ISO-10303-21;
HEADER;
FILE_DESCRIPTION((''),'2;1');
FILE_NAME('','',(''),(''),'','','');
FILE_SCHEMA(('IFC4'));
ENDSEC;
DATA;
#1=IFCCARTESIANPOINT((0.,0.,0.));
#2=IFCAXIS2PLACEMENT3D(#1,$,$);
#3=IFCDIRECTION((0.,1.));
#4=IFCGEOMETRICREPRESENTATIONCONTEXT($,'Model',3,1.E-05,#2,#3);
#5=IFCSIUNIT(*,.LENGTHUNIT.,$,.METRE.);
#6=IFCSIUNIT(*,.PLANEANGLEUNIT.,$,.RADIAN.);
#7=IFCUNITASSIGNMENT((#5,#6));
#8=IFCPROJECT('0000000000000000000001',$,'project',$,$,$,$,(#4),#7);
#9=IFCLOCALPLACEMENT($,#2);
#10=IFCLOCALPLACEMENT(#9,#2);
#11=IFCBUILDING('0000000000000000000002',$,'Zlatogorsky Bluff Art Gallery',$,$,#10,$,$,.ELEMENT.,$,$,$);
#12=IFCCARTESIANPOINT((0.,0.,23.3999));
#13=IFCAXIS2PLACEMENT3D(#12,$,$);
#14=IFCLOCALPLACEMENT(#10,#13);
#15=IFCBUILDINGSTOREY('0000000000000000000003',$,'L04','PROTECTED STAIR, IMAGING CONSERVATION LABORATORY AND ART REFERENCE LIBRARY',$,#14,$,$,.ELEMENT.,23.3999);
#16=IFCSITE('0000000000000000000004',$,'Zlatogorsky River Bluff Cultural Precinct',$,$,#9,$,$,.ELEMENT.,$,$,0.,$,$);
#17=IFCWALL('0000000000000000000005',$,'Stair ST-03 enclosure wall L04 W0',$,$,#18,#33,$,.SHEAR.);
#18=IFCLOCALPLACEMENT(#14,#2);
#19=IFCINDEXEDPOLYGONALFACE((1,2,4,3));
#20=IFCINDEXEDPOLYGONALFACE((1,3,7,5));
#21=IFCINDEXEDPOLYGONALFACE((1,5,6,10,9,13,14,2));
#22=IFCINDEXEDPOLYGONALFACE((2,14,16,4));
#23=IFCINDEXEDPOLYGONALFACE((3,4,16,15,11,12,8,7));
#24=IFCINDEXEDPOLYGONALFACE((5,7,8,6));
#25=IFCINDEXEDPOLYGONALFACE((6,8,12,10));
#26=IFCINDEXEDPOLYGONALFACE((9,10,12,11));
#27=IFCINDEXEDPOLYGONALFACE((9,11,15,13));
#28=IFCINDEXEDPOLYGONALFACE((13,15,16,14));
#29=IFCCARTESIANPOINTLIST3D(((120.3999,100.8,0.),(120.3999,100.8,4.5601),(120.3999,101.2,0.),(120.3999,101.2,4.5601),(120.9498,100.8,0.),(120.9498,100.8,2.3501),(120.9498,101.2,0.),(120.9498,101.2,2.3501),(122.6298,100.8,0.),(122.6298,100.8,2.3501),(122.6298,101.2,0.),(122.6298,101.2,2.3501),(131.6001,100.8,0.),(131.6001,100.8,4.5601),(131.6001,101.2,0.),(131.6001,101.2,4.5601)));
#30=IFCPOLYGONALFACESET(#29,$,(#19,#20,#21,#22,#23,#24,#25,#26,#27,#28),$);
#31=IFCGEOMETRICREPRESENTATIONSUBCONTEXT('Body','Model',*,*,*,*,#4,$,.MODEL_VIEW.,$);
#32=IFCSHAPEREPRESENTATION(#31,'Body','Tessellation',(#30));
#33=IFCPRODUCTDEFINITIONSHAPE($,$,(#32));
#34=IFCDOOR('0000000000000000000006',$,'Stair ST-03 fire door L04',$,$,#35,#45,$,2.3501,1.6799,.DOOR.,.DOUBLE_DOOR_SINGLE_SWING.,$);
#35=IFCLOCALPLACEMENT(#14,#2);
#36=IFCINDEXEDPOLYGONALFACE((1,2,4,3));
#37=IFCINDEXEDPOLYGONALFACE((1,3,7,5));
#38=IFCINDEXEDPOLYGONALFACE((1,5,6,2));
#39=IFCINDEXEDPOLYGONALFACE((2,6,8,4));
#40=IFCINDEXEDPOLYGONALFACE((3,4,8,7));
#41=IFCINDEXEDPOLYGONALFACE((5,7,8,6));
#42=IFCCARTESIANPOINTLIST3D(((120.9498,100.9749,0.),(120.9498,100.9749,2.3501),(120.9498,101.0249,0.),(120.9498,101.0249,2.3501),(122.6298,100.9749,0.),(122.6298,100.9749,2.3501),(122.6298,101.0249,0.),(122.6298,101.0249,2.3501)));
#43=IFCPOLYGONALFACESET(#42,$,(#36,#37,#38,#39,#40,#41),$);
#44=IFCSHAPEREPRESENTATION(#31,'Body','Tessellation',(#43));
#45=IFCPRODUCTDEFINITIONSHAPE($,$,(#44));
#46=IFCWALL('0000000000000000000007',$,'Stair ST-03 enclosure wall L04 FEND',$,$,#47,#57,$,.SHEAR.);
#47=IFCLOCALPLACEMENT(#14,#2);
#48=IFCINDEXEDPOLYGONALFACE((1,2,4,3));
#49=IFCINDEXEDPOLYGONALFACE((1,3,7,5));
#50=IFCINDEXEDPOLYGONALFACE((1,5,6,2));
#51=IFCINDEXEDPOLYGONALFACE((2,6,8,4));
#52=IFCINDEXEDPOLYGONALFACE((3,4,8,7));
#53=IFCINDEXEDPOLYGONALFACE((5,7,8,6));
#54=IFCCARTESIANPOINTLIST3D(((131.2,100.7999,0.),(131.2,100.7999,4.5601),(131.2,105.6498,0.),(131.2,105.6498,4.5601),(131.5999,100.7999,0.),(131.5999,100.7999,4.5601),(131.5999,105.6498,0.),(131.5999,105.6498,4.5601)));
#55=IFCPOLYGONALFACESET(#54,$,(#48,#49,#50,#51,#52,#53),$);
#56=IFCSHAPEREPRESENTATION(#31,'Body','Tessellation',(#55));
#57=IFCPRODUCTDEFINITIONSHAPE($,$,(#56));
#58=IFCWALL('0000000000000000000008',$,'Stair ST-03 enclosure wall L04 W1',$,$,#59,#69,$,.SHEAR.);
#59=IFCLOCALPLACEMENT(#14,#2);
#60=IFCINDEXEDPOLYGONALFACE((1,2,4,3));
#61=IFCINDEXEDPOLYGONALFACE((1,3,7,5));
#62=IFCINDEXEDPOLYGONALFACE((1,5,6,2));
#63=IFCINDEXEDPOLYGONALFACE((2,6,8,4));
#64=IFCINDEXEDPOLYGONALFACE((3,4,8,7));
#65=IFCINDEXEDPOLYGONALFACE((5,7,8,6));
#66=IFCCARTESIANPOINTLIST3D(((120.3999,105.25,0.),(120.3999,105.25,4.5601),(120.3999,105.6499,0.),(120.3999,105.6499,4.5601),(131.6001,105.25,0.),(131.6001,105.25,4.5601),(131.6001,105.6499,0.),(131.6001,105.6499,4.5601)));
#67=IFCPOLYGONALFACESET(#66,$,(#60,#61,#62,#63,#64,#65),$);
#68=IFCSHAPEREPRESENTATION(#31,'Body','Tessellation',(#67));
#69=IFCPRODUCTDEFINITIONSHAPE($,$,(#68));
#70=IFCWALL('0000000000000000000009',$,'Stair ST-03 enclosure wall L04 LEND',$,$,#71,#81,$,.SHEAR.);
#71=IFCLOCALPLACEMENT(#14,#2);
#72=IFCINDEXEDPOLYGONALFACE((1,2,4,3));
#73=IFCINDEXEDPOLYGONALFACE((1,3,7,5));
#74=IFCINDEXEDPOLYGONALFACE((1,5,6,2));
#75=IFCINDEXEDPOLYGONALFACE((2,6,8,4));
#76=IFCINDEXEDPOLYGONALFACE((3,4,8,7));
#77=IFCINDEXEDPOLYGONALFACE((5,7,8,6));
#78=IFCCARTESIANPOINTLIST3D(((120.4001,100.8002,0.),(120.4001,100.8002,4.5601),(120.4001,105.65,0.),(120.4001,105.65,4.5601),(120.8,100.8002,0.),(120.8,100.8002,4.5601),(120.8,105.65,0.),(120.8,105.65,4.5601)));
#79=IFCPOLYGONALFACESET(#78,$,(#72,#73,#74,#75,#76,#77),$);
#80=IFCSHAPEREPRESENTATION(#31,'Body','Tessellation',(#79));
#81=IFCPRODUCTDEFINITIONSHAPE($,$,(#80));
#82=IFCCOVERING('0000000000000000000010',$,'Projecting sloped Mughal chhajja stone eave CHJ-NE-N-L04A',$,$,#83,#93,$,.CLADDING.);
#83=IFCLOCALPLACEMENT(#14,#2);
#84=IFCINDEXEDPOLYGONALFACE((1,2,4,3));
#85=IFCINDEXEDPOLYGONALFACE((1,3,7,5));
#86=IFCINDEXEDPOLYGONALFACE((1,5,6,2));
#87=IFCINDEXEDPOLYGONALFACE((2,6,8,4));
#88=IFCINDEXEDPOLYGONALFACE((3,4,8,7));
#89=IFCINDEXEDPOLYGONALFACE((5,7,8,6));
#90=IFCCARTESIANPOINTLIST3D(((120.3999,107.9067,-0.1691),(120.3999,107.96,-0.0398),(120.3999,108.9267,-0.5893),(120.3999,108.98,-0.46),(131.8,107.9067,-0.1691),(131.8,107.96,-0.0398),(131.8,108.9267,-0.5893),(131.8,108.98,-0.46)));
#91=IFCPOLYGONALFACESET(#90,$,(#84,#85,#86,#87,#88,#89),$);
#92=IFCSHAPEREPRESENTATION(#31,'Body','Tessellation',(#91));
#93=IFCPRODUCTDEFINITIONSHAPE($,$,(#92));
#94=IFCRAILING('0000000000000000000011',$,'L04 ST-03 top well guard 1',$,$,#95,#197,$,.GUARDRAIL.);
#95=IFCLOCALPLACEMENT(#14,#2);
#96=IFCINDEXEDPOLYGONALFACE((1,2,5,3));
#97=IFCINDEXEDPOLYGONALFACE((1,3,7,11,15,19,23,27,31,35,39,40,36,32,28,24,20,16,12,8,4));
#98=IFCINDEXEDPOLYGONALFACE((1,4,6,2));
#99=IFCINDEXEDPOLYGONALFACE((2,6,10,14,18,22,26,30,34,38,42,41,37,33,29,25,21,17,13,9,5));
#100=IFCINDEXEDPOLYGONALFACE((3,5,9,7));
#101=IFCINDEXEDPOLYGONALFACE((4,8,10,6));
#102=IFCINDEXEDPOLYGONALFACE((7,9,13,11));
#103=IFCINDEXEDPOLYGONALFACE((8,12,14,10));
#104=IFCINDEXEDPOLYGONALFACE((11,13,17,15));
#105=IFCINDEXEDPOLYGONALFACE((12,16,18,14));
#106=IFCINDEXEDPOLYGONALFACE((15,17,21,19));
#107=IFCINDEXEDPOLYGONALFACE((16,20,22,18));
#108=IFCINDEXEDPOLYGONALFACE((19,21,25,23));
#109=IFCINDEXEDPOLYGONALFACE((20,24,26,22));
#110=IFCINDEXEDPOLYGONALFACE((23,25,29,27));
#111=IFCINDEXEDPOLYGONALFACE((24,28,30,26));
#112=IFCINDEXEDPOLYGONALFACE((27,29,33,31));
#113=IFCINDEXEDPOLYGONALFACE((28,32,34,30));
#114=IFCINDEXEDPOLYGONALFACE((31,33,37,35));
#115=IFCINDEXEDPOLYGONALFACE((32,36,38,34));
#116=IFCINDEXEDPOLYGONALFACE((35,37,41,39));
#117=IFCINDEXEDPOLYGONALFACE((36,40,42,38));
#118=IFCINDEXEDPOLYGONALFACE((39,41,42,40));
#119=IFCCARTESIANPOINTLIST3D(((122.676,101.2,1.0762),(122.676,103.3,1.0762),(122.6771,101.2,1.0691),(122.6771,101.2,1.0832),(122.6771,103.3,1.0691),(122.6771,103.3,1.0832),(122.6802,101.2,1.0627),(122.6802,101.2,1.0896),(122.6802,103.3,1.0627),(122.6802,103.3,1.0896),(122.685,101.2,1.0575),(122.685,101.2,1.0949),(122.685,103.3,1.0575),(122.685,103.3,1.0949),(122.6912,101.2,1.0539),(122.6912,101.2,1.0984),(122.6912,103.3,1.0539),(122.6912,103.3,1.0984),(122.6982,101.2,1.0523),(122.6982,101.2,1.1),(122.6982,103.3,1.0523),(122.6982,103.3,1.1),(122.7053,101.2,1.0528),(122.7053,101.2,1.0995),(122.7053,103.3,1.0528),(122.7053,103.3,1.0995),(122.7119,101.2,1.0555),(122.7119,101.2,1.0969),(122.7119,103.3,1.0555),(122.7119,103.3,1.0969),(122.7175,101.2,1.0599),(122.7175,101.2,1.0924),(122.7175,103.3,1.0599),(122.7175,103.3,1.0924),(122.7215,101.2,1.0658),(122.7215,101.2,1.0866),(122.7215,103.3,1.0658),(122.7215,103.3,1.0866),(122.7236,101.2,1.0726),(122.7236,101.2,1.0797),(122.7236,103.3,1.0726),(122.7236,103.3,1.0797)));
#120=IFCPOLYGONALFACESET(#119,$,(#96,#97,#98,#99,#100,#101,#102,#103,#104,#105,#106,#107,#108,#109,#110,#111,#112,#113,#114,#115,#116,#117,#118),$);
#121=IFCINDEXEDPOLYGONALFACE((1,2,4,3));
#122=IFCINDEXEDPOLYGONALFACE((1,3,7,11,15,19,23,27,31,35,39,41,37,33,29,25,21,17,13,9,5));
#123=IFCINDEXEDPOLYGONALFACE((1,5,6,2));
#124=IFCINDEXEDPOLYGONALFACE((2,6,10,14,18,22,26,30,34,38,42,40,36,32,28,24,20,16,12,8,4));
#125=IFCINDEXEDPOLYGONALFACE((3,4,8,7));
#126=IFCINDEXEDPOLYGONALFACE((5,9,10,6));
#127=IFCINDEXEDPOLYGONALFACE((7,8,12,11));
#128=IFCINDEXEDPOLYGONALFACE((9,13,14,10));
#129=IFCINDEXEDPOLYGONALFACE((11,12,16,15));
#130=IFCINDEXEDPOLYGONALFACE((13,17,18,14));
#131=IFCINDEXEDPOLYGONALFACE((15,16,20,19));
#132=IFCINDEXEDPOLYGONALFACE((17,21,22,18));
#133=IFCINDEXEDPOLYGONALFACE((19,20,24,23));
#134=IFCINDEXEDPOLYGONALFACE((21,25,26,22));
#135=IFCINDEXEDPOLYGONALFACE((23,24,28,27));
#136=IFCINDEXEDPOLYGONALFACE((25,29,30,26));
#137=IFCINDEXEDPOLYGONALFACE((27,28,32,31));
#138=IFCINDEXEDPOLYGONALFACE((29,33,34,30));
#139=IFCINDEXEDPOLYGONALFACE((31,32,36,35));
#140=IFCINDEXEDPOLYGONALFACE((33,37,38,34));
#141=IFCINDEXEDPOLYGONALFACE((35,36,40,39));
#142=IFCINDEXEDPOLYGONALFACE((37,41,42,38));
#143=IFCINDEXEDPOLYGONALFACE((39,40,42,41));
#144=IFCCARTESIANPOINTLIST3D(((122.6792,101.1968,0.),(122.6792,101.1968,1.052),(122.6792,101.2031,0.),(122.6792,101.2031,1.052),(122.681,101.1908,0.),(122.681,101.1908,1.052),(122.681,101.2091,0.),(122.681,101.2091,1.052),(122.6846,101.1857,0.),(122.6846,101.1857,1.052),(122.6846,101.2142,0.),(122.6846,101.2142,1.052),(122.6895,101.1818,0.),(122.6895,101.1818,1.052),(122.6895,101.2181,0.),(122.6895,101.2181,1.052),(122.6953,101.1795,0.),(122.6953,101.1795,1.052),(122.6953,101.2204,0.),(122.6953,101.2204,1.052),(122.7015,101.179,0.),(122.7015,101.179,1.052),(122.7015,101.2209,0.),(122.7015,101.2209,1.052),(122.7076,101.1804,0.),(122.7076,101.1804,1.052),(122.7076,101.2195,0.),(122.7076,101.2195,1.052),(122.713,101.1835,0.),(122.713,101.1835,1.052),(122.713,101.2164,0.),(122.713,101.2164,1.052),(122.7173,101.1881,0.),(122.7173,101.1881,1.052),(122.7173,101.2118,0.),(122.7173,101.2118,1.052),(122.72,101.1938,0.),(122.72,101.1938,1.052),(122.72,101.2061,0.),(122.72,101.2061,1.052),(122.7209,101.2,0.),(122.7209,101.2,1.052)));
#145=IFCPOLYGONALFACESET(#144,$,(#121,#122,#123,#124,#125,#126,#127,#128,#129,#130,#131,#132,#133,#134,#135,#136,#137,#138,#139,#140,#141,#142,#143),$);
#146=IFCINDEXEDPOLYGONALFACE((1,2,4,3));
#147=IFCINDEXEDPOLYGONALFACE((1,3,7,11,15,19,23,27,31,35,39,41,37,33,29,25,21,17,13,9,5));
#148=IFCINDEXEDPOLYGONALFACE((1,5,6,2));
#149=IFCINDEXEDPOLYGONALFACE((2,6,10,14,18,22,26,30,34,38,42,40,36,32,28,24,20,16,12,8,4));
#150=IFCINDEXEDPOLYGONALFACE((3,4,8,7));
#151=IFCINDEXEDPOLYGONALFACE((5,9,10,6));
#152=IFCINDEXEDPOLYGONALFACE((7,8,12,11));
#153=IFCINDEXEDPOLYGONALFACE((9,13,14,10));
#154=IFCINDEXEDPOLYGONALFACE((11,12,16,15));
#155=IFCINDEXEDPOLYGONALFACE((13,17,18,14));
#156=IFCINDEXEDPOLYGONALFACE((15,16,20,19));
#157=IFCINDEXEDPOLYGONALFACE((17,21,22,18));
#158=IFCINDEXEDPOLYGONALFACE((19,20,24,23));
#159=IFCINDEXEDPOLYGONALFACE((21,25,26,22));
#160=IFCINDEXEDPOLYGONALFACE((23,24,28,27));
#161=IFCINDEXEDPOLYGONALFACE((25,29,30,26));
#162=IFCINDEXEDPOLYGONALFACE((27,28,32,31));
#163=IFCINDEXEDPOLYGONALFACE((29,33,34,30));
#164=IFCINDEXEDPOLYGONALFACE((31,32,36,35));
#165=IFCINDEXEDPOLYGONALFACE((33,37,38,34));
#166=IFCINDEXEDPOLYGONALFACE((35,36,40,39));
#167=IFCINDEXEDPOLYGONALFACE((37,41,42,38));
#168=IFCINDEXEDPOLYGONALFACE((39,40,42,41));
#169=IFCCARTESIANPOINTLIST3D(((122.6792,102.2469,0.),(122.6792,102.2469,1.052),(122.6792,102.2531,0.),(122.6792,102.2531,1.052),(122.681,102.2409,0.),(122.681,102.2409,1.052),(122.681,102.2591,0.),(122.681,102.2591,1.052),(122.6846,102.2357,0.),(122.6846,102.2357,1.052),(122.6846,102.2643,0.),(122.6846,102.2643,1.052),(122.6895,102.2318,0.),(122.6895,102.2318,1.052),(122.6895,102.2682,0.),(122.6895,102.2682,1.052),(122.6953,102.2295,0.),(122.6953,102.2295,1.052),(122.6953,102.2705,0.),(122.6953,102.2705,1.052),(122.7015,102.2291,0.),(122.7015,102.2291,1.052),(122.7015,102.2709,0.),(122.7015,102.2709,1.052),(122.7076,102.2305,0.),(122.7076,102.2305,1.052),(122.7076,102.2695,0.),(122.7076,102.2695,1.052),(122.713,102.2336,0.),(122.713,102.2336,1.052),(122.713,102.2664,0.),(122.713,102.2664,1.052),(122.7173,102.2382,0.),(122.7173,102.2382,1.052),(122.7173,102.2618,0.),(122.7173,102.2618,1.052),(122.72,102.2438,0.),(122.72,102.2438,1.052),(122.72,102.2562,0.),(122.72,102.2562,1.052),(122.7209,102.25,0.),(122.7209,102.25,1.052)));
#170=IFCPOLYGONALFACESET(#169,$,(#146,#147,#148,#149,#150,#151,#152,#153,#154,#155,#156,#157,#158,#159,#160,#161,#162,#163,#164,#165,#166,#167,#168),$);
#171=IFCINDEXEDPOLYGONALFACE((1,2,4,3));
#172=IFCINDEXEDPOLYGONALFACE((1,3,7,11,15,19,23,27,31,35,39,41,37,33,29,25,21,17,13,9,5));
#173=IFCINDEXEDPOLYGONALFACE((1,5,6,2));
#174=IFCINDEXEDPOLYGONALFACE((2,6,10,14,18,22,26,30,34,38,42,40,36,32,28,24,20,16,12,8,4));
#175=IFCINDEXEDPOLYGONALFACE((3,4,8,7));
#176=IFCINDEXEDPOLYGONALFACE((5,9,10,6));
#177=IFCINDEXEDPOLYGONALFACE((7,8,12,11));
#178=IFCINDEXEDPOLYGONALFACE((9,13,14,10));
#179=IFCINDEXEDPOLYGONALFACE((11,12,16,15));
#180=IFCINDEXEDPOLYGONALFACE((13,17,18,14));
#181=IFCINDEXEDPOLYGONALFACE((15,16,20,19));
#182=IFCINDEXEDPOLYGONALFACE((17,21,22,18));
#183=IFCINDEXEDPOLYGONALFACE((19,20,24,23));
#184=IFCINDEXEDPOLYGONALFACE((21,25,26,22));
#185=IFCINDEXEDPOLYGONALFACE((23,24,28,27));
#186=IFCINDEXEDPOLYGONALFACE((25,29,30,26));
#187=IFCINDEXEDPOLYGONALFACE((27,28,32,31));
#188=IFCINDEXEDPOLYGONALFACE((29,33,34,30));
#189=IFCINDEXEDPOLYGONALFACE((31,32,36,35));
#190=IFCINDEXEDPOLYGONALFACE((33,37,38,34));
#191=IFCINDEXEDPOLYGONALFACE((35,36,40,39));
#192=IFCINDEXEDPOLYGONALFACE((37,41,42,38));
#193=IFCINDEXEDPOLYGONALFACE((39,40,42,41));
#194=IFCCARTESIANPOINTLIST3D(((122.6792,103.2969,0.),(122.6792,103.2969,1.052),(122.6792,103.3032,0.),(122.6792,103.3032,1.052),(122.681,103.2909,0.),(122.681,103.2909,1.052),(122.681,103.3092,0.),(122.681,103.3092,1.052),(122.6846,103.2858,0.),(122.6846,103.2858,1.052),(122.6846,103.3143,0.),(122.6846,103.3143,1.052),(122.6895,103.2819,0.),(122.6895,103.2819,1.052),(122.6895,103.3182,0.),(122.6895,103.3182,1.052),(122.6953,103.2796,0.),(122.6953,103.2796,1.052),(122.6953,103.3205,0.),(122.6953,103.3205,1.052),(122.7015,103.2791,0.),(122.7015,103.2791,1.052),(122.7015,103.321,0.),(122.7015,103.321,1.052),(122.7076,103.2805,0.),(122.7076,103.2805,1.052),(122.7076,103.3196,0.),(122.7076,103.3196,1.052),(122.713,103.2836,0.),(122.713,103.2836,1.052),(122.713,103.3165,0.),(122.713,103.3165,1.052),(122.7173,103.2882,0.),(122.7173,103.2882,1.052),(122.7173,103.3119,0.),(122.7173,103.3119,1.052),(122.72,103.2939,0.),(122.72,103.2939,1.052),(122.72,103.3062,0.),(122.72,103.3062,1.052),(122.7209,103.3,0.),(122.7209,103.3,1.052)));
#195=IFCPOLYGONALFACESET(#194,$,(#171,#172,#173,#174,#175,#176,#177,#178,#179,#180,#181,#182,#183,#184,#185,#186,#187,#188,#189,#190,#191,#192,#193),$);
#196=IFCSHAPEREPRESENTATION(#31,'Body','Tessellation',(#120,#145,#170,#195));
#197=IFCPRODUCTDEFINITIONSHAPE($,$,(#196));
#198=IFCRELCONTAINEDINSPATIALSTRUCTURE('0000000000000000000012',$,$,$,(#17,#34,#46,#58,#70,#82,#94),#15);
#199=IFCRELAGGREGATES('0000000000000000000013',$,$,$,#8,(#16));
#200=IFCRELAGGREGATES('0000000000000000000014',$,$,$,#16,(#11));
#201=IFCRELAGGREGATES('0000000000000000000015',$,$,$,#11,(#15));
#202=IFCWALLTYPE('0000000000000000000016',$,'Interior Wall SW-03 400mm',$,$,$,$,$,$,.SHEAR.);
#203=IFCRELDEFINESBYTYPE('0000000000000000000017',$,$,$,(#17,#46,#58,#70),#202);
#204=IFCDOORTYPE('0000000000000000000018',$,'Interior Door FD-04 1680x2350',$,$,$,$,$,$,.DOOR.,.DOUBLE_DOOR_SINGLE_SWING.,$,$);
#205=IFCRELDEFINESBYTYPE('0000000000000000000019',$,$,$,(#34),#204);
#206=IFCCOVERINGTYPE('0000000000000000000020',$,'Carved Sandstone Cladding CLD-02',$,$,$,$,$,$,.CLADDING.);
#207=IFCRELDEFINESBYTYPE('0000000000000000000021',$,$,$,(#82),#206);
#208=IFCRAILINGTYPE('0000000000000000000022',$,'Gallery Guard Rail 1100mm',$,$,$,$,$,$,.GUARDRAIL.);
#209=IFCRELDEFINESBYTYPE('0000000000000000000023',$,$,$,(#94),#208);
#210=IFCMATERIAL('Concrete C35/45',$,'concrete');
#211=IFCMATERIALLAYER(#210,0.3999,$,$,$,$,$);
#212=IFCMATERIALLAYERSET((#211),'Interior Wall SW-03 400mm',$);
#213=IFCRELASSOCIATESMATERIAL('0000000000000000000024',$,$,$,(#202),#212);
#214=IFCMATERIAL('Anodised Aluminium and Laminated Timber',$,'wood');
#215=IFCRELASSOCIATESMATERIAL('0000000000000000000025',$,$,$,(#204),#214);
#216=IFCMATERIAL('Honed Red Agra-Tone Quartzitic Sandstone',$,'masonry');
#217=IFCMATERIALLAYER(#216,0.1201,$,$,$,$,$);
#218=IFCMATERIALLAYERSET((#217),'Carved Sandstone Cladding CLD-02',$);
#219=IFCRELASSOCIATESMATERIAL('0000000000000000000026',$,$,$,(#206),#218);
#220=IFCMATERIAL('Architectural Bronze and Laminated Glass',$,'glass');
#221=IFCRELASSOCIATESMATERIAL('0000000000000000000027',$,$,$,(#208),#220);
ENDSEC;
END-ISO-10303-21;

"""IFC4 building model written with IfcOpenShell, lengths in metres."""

from ifc_helpers import new_model, si_unit, direction, frame, frame_2d, origin, origin_2d, place, context, subcontext, project, spatial, polyline, rectangle, circle, outline, extrude, material, layer, layer_set, type_object, element, fill, save


model = new_model("IFC4")

# Units and contexts
model_context = context("Model", 3, precision=1e-05, world=origin(), true_north=direction((0.0, 1.0)))
body_context = subcontext(model_context, "Body", "Model", "MODEL_VIEW")
ifc_project = project(units=[si_unit("LENGTHUNIT", "METRE"), si_unit("PLANEANGLEUNIT", "RADIAN")], contexts=[model_context])

# Site, building, storey
site_placement = place(None, origin())
site = spatial("IfcSite", under=ifc_project, at=site_placement, Name="Zlatogorsky River Bluff Cultural Precinct", CompositionType="ELEMENT", RefElevation=0.0)
building_placement = place(site_placement, origin())
building = spatial("IfcBuilding", under=site, at=building_placement, Name="Zlatogorsky Bluff Art Gallery", CompositionType="ELEMENT")
storey_placement = place(building_placement, frame((0.0, 0.0, 23.3999)))
storey = spatial("IfcBuildingStorey", under=building, at=storey_placement, Name="L04", Description="PROTECTED STAIR, IMAGING CONSERVATION LABORATORY AND ART REFERENCE LIBRARY", CompositionType="ELEMENT", Elevation=23.3999)

# Wall, opening, door
ifc_material_1 = material(Name="Anodised Aluminium and Laminated Timber", Category="wood")
ifc_material_2 = material(Name="Concrete C35/45", Category="concrete")
ifc_layer_1 = layer(ifc_material_2, 0.3999)
ifc_layer_set_1 = layer_set([ifc_layer_1], Name="Interior Wall SW-03 400mm")
wall_type_1 = type_object("IfcWallType", Name="Interior Wall SW-03 400mm", PredefinedType="SHEAR", material=ifc_layer_set_1)
wall_1_placement = place(storey_placement, frame((120.3999, 101.0, 0.0), z_axis=(0.0, 0.0, 1.0), x_axis=(1.0, 0.0, 0.0)))
wall_1 = element("IfcWall", 1, at=wall_1_placement, inside=storey, type_object=wall_type_1, Name="Stair ST-03 enclosure wall L04 W0", PredefinedType="SHEAR", context=body_context, shape_type="SweptSolid", body=[
    extrude(rectangle(XDim=11.2002, YDim=0.3999, at=frame_2d((5.6001, 0.0))), origin(), (0.0, 0.0, 1.0), 4.5601),
])
opening_1_placement = place(wall_1_placement, frame((0.55, 0.0, 0.0)))
opening_1 = element("IfcOpeningElement", 2, at=opening_1_placement, cuts=wall_1, PredefinedType="OPENING", context=body_context, shape_type="SweptSolid", body=[
    extrude(rectangle(XDim=1.6799, YDim=2.3501, at=frame_2d((0.8398, 1.175))), frame((0.0, 0.21, 0.0), z_axis=(0.0, -1.0, 0.0), x_axis=(1.0, 0.0, 0.0)), (0.0, 0.0, 1.0), 0.4199),
])
door_type_1 = type_object("IfcDoorType", Name="Interior Door FD-04 1680x2350", OperationType="DOUBLE_DOOR_SINGLE_SWING", PredefinedType="DOOR", material=ifc_material_1)
door_1_placement = place(opening_1_placement, origin())
door_1 = element("IfcDoor", 3, at=door_1_placement, inside=storey, type_object=door_type_1, Name="Stair ST-03 fire door L04", OperationType="DOUBLE_DOOR_SINGLE_SWING", OverallHeight=2.3501, OverallWidth=1.6799, PredefinedType="DOOR", context=body_context, shape_type="SweptSolid", body=[
    extrude(rectangle(XDim=1.6799, YDim=2.3501, at=frame_2d((0.8398, 1.175))), frame((0.0, 0.0249, 0.0), z_axis=(0.0, -1.0, 0.0), x_axis=(1.0, 0.0, 0.0)), (0.0, 0.0, 1.0), 0.05),
])
fill(opening_1, door_1)

# Walls
wall_2_placement = place(storey_placement, frame((131.3999, 100.8, 0.0), z_axis=(0.0, 0.0, 1.0), x_axis=(0.0, 1.0, 0.0)))
element("IfcWall", 4, at=wall_2_placement, inside=storey, type_object=wall_type_1, Name="Stair ST-03 enclosure wall L04 FEND", PredefinedType="SHEAR", context=body_context, shape_type="SweptSolid", body=[
    extrude(rectangle(XDim=4.8499, YDim=0.3999, at=frame_2d((2.4248, 0.0))), origin(), (0.0, 0.0, 1.0), 4.5601),
])
wall_3_placement = place(storey_placement, frame((131.6001, 105.45, 0.0), z_axis=(0.0, 0.0, 1.0), x_axis=(-1.0, 0.0, 0.0)))
element("IfcWall", 5, at=wall_3_placement, inside=storey, type_object=wall_type_1, Name="Stair ST-03 enclosure wall L04 W1", PredefinedType="SHEAR", context=body_context, shape_type="SweptSolid", body=[
    extrude(rectangle(XDim=11.2002, YDim=0.3999, at=frame_2d((5.6001, 0.0))), origin(), (0.0, 0.0, 1.0), 4.5601),
])
wall_4_placement = place(storey_placement, frame((120.6001, 105.6499, 0.0), z_axis=(0.0, 0.0, 1.0), x_axis=(0.0, -1.0, 0.0)))
element("IfcWall", 6, at=wall_4_placement, inside=storey, type_object=wall_type_1, Name="Stair ST-03 enclosure wall L04 LEND", PredefinedType="SHEAR", context=body_context, shape_type="SweptSolid", body=[
    extrude(rectangle(XDim=4.8499, YDim=0.3999, at=frame_2d((2.4248, 0.0))), origin(), (0.0, 0.0, 1.0), 4.5601),
])

# Covering
ifc_material_3 = material(Name="Honed Red Agra-Tone Quartzitic Sandstone", Category="masonry")
ifc_layer_2 = layer(ifc_material_3, 0.1201)
ifc_layer_set_2 = layer_set([ifc_layer_2], Name="Carved Sandstone Cladding CLD-02")
covering_type = type_object("IfcCoveringType", Name="Carved Sandstone Cladding CLD-02", PredefinedType="CLADDING", material=ifc_layer_set_2)
covering_placement = place(storey_placement, frame((120.3999, 107.96, -0.0398), z_axis=(0.0, 0.380872, 0.924628), x_axis=(1.0, 0.0, 0.0)))
element("IfcCovering", 7, at=covering_placement, inside=storey, type_object=covering_type, Name="Projecting sloped Mughal chhajja stone eave CHJ-NE-N-L04A", PredefinedType="CLADDING", context=body_context, shape_type="SweptSolid", body=[
    extrude(outline(polyline([(0.0, 0.0), (11.4001, 0.0), (11.4001, 1.1032), (0.0, 1.1032), (0.0, 0.0)])), origin(), (0.0, 0.0, -1.0), 0.1399),
])

# Railing
ifc_material_4 = material(Name="Architectural Bronze and Laminated Glass", Category="glass")
railing_type = type_object("IfcRailingType", Name="Gallery Guard Rail 1100mm", PredefinedType="GUARDRAIL", material=ifc_material_4)
railing_placement = place(storey_placement, frame((122.7, 101.2, 0.0)))
element("IfcRailing", 8, at=railing_placement, inside=storey, type_object=railing_type, Name="L04 ST-03 top well guard 1", PredefinedType="GUARDRAIL", context=body_context, shape_type="SweptSolid", body=[
    extrude(circle(Radius=0.0239, at=origin_2d()), frame((0.0, 0.0, 1.0762), z_axis=(0.0, 1.0, 0.0), x_axis=(-1.0, 0.0, 0.0)), (0.0, 0.0, 1.0), 2.1001),
    extrude(circle(Radius=0.021, at=origin_2d()), origin(), (0.0, 0.0, 1.0), 1.052),
    extrude(circle(Radius=0.021, at=origin_2d()), frame((0.0, 1.05, 0.0)), (0.0, 0.0, 1.0), 1.052),
    extrude(circle(Radius=0.021, at=origin_2d()), frame((0.0, 2.1001, 0.0)), (0.0, 0.0, 1.0), 1.052),
])

save(model, "model.ifc")
